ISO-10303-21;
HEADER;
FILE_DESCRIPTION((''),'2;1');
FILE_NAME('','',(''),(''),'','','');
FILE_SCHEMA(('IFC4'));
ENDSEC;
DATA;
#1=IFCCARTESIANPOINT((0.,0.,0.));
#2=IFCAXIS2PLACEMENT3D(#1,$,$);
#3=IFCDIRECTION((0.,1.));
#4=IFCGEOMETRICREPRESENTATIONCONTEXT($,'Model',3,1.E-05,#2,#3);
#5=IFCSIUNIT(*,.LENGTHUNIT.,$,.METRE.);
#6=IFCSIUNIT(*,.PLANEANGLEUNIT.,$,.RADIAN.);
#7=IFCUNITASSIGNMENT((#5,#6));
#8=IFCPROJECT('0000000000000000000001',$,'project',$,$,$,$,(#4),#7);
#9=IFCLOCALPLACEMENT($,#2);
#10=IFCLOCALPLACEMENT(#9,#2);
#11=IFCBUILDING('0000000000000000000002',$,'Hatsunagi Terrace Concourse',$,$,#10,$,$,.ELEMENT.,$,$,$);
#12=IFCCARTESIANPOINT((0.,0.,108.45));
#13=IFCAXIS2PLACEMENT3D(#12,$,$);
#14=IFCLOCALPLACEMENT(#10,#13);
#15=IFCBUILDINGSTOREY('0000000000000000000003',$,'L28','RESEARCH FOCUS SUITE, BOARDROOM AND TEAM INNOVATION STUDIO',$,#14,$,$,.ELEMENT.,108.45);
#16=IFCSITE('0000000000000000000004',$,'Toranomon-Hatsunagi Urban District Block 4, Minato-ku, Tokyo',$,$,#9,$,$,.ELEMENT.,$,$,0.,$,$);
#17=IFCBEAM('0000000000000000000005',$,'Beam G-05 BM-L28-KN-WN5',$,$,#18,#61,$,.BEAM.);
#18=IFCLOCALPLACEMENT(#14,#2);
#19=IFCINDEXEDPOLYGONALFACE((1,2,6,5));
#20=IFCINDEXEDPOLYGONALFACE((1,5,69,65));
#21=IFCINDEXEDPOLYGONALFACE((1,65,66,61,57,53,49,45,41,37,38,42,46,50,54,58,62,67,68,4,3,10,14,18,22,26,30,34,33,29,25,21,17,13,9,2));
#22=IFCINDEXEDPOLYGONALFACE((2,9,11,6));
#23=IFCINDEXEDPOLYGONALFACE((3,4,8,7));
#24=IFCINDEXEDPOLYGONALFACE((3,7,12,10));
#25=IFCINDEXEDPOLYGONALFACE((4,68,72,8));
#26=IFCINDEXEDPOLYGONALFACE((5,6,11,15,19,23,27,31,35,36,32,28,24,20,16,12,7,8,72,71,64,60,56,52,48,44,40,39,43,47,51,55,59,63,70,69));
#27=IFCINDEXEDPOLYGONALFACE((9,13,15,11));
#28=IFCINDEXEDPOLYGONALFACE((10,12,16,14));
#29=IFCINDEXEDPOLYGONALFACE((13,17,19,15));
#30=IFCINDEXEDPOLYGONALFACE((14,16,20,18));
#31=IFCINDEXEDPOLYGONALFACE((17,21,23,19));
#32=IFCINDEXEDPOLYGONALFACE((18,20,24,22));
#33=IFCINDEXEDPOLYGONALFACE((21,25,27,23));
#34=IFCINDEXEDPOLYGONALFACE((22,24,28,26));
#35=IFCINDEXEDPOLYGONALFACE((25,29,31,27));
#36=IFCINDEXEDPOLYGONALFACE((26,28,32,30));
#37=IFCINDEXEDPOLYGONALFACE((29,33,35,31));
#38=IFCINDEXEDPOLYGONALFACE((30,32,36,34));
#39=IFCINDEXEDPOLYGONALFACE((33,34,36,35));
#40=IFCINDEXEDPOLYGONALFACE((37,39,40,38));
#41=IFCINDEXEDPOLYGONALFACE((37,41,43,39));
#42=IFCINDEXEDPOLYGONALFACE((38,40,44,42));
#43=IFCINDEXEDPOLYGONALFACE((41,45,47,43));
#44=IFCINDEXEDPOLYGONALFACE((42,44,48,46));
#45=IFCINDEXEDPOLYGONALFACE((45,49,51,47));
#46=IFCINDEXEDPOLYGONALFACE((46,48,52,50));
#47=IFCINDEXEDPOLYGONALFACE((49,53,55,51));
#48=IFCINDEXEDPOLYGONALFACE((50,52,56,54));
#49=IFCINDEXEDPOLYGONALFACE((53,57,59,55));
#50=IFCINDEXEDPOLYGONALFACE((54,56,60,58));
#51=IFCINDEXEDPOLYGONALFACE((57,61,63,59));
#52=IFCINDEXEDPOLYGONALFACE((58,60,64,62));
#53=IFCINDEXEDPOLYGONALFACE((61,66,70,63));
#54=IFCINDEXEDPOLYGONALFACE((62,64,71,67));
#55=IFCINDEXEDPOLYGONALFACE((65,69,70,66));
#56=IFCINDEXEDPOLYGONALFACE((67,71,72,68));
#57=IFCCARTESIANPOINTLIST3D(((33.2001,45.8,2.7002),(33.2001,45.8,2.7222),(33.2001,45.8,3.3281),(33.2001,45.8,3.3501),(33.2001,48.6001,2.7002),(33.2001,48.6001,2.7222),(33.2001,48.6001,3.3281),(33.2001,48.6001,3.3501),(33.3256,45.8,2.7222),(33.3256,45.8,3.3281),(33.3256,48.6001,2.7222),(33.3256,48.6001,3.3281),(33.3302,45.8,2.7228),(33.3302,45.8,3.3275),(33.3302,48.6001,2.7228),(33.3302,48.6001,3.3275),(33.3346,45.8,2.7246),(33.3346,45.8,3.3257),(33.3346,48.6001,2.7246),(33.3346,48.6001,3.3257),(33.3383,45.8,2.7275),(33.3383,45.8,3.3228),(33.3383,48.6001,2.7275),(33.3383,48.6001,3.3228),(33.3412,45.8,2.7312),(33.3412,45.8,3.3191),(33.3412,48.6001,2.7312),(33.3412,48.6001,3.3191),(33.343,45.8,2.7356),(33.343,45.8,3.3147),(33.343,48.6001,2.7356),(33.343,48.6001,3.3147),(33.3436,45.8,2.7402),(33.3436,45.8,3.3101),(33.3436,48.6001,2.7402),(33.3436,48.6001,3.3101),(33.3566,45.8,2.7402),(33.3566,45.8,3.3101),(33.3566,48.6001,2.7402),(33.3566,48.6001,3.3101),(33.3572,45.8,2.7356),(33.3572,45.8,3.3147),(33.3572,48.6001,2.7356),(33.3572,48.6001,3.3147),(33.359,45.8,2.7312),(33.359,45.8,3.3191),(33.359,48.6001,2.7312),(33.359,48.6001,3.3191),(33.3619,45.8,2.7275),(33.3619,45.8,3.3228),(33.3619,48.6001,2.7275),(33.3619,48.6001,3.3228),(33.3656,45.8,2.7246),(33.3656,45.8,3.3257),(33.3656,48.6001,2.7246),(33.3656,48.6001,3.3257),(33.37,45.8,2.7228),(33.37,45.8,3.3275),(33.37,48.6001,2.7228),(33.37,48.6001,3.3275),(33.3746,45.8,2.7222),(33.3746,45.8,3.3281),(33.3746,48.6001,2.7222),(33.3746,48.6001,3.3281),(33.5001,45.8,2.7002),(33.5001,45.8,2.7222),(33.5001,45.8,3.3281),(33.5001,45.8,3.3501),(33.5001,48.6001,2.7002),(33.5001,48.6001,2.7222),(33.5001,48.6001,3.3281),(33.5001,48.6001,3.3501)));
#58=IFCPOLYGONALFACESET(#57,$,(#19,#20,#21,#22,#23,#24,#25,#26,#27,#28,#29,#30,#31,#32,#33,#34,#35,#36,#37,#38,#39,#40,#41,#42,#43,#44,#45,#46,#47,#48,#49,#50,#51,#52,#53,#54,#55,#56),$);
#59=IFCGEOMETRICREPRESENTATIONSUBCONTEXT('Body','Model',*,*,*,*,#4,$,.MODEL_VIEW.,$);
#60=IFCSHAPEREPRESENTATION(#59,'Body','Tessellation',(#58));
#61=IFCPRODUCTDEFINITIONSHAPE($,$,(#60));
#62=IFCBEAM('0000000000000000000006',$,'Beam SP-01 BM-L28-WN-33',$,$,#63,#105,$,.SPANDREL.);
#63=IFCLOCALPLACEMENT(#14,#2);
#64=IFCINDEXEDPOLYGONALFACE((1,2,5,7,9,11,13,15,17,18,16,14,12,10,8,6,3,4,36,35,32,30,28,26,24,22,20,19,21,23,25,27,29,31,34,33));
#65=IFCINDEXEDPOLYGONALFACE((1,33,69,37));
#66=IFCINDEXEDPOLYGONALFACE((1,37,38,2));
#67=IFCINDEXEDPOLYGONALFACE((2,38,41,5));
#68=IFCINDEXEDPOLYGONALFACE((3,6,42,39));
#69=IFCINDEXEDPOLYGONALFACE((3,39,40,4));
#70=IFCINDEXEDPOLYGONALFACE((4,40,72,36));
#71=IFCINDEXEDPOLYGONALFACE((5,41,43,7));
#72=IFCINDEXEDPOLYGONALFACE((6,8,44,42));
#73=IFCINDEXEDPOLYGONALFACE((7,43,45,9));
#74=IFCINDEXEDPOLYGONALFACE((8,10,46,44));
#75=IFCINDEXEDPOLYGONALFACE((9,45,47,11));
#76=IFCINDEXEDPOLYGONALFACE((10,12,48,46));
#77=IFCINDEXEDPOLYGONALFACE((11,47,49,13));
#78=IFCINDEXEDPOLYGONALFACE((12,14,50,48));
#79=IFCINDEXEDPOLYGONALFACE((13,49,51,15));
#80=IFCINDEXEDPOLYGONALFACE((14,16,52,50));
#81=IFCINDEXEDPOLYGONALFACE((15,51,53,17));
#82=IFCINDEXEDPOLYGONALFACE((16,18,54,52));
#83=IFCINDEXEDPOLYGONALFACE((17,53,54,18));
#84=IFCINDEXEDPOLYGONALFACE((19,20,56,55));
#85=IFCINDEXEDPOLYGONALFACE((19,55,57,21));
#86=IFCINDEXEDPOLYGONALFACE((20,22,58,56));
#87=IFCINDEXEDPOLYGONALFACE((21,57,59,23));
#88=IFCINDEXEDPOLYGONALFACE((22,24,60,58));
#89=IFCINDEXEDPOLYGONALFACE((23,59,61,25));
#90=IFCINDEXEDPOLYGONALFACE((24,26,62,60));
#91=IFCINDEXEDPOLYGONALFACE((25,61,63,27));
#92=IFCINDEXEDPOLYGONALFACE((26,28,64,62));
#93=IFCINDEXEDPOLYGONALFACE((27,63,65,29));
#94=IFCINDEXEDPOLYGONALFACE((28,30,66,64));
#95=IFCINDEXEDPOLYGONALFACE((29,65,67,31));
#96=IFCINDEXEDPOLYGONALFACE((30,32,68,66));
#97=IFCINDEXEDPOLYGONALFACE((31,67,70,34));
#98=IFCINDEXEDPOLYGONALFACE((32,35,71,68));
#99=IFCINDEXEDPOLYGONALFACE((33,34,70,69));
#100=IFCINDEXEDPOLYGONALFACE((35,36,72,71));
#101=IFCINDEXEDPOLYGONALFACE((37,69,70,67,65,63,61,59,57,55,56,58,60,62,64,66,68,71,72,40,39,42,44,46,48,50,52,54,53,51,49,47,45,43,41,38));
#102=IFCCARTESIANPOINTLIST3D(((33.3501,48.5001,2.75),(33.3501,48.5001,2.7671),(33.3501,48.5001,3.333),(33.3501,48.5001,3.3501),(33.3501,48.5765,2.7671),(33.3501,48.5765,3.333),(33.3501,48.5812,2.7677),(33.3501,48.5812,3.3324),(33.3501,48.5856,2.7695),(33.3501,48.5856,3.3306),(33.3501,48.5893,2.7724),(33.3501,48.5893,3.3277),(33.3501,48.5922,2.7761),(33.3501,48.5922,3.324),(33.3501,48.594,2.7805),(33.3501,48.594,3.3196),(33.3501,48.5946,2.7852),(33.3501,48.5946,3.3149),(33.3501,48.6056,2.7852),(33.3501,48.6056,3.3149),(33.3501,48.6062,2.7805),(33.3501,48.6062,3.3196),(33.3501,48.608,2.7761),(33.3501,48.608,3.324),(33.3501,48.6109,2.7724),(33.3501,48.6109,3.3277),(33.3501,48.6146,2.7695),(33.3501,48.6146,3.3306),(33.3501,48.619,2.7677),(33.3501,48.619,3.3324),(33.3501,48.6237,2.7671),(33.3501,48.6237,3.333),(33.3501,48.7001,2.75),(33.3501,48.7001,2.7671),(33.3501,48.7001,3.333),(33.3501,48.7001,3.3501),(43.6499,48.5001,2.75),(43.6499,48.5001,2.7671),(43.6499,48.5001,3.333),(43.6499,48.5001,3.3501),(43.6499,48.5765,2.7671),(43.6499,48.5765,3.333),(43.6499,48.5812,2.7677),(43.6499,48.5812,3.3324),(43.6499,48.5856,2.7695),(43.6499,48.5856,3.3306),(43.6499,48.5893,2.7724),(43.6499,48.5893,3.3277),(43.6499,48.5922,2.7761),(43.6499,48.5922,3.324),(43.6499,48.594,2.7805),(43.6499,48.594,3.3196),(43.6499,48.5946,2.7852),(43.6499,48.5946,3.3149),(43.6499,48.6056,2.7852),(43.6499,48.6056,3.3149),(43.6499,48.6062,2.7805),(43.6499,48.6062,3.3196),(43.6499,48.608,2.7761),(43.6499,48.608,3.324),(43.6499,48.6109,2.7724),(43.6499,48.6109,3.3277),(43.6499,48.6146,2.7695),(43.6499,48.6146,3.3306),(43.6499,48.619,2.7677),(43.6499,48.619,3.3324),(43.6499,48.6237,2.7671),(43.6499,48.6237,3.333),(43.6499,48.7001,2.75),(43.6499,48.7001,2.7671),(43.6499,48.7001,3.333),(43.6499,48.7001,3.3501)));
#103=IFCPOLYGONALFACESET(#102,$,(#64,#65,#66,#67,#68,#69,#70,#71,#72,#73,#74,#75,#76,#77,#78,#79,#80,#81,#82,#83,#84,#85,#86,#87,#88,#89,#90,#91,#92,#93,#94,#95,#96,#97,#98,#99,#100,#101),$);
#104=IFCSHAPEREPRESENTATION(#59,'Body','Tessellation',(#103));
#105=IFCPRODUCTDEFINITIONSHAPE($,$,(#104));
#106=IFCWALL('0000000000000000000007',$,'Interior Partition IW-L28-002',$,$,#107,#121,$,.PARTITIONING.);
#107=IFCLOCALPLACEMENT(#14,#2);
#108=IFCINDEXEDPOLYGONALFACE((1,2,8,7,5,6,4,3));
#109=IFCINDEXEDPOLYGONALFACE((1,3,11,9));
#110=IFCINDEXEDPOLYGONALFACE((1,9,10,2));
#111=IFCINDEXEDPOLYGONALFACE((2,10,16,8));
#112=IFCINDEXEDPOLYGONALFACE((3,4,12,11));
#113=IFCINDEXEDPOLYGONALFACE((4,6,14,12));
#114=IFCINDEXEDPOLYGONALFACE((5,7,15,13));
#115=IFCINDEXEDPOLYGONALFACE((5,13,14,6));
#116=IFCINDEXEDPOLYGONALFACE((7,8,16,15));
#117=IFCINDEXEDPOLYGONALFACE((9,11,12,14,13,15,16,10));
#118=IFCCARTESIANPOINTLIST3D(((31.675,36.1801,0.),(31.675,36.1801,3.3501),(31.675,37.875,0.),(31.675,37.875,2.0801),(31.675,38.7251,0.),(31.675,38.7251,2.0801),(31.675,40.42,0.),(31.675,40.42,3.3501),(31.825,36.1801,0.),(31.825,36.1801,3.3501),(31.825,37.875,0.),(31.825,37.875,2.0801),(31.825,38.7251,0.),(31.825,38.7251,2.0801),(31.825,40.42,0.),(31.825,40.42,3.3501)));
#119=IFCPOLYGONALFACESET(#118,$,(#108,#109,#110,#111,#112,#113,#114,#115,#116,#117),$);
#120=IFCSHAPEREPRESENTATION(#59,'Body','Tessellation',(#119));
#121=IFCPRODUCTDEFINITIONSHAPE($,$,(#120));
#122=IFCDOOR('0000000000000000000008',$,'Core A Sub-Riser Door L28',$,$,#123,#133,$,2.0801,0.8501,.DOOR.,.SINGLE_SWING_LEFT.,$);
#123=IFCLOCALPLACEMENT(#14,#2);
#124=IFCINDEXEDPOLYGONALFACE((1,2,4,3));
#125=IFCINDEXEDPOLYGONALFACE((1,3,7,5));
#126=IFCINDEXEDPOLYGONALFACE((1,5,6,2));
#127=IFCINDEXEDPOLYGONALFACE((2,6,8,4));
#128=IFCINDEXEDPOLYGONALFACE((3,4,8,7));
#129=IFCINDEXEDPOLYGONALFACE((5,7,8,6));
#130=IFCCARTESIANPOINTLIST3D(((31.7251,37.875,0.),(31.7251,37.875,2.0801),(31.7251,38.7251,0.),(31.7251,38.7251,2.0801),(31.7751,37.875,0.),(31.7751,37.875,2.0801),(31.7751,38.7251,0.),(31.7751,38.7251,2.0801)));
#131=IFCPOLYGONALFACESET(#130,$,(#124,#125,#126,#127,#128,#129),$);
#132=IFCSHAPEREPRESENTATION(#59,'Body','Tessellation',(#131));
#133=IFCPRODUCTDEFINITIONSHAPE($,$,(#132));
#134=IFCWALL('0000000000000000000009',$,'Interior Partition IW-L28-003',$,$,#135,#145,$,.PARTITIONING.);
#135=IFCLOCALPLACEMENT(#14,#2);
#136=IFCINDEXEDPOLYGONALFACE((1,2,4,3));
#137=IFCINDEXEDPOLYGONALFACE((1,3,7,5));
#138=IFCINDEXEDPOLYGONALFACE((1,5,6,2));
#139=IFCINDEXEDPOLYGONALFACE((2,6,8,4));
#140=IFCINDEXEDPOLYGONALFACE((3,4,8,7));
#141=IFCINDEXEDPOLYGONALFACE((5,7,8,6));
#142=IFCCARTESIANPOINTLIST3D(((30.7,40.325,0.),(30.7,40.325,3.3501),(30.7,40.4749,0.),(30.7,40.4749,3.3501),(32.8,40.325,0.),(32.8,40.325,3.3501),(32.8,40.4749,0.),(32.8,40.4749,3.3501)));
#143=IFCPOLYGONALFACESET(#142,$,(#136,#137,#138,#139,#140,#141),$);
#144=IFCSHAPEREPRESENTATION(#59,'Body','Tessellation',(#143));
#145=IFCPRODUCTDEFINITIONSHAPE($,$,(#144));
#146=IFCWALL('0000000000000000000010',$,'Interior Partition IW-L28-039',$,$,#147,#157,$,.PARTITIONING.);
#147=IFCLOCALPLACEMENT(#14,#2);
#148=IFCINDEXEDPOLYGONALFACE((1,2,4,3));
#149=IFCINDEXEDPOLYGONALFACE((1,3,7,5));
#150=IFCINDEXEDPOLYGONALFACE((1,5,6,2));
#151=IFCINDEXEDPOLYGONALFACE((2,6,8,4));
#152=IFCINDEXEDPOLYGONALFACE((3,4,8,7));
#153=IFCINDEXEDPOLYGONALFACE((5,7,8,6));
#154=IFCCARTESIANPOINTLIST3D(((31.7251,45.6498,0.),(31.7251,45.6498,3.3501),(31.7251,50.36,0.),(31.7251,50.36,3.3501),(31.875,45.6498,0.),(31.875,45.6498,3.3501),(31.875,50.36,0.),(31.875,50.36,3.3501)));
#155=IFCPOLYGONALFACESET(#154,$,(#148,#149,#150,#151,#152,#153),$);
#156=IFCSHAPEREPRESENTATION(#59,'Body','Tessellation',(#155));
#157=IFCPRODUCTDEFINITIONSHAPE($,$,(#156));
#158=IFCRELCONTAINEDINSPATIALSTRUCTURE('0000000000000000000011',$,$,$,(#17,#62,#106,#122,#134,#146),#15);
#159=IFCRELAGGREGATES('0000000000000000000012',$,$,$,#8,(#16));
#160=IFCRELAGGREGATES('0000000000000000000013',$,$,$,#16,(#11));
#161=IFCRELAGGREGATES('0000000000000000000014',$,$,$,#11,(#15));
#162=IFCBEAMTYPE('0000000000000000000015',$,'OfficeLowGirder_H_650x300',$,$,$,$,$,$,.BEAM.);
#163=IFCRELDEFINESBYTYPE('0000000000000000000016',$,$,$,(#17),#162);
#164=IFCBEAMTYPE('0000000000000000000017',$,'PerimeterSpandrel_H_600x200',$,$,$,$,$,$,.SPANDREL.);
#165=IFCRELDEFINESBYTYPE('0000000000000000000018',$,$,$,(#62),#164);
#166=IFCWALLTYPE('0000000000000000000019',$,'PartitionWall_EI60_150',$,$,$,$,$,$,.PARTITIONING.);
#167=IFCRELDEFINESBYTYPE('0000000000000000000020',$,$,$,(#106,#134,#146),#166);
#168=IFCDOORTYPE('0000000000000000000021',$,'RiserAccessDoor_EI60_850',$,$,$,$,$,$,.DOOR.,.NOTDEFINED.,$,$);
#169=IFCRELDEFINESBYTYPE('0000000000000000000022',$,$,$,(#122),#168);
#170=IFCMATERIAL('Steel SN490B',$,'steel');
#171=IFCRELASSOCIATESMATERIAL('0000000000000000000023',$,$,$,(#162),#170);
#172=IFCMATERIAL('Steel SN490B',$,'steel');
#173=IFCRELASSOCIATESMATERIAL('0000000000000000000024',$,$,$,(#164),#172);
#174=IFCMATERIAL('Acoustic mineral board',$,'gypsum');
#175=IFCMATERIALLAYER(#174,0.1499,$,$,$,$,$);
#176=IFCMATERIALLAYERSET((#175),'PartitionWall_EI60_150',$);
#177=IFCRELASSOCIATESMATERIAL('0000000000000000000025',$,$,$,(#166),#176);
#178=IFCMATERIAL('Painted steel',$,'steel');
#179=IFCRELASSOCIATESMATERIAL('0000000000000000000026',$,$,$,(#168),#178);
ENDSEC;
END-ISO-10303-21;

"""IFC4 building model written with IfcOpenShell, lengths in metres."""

from ifc_helpers import new_model, si_unit, direction, frame, frame_2d, origin, origin_2d, place, context, subcontext, project, spatial, rectangle, i_section, extrude, material, layer, layer_set, material_profile, profile_set, type_object, element, fill, save


model = new_model("IFC4")

# Units and contexts
model_context = context("Model", 3, precision=1e-05, world=origin(), true_north=direction((0.0, 1.0)))
body_context = subcontext(model_context, "Body", "Model", "MODEL_VIEW")
ifc_project = project(units=[si_unit("LENGTHUNIT", "METRE"), si_unit("PLANEANGLEUNIT", "RADIAN")], contexts=[model_context])

# Site, building, storey
site_placement = place(None, origin())
site = spatial("IfcSite", under=ifc_project, at=site_placement, Name="Toranomon-Hatsunagi Urban District Block 4, Minato-ku, Tokyo", CompositionType="ELEMENT", RefElevation=0.0)
building_placement = place(site_placement, origin())
building = spatial("IfcBuilding", under=site, at=building_placement, Name="Hatsunagi Terrace Concourse", CompositionType="ELEMENT")
storey_placement = place(building_placement, frame((0.0, 0.0, 108.45)))
storey = spatial("IfcBuildingStorey", under=building, at=storey_placement, Name="L28", Description="RESEARCH FOCUS SUITE, BOARDROOM AND TEAM INNOVATION STUDIO", CompositionType="ELEMENT", Elevation=108.45)

# Beams
ifc_material_1 = material(Name="Steel SN490B", Category="steel")
ifc_material_profile_1 = material_profile(ifc_material_1, i_section(OverallWidth=0.3, OverallDepth=0.6499, WebThickness=0.0129, FlangeThickness=0.022, FilletRadius=0.0181, at=origin_2d()), Name="H-650x300x13x22")
ifc_profile_set_1 = profile_set([ifc_material_profile_1], Name="Steel SN490B")
beam_type_1 = type_object("IfcBeamType", Name="OfficeLowGirder_H_650x300", PredefinedType="BEAM", material=ifc_profile_set_1)
beam_1_placement = place(storey_placement, frame((33.3501, 45.8, 3.0251), z_axis=(0.0, 1.0, 0.0), x_axis=(-1.0, 0.0, 0.0)))
element("IfcBeam", 1, at=beam_1_placement, inside=storey, type_object=beam_type_1, Name="Beam G-05 BM-L28-KN-WN5", PredefinedType="BEAM", context=body_context, shape_type="SweptSolid", body=[
    extrude(i_section(OverallWidth=0.3, OverallDepth=0.6499, WebThickness=0.0129, FlangeThickness=0.022, FilletRadius=0.0181, at=origin_2d()), origin(), (0.0, 0.0, 1.0), 2.8),
])
ifc_material_2 = material(Name="Steel SN490B", Category="steel")
ifc_material_profile_2 = material_profile(ifc_material_2, i_section(OverallWidth=0.2, OverallDepth=0.6001, WebThickness=0.011, FlangeThickness=0.0171, FilletRadius=0.0181, at=origin_2d()), Name="H-600x200x11x17")
ifc_profile_set_2 = profile_set([ifc_material_profile_2], Name="Steel SN490B")
beam_type_2 = type_object("IfcBeamType", Name="PerimeterSpandrel_H_600x200", PredefinedType="SPANDREL", material=ifc_profile_set_2)
beam_2_placement = place(storey_placement, frame((33.3501, 48.6001, 3.05), z_axis=(1.0, 0.0, 0.0), x_axis=(0.0, 1.0, 0.0)))
element("IfcBeam", 2, at=beam_2_placement, inside=storey, type_object=beam_type_2, Name="Beam SP-01 BM-L28-WN-33", PredefinedType="SPANDREL", context=body_context, shape_type="SweptSolid", body=[
    extrude(i_section(OverallWidth=0.2, OverallDepth=0.6001, WebThickness=0.011, FlangeThickness=0.0171, FilletRadius=0.0181, at=origin_2d()), origin(), (0.0, 0.0, 1.0), 10.2998),
])

# Wall, opening, door
ifc_material_3 = material(Name="Acoustic mineral board", Category="gypsum")
ifc_layer_1 = layer(ifc_material_3, 0.1499)
ifc_layer_set_1 = layer_set([ifc_layer_1], Name="PartitionWall_EI60_150")
wall_type_1 = type_object("IfcWallType", Name="PartitionWall_EI60_150", PredefinedType="PARTITIONING", material=ifc_layer_set_1)
wall_1_placement = place(storey_placement, frame((31.75, 36.1799, 0.0), z_axis=(0.0, 0.0, 1.0), x_axis=(0.0, 1.0, 0.0)))
wall_1 = element("IfcWall", 3, at=wall_1_placement, inside=storey, type_object=wall_type_1, Name="Interior Partition IW-L28-002", PredefinedType="PARTITIONING", context=body_context, shape_type="SweptSolid", body=[
    extrude(rectangle(XDim=4.24, YDim=0.1499, at=frame_2d((2.1201, 0.0))), origin(), (0.0, 0.0, 1.0), 3.3501),
])
opening_1_placement = place(wall_1_placement, frame((1.6951, 0.0, 0.0)))
opening_1 = element("IfcOpeningElement", 4, at=opening_1_placement, cuts=wall_1, PredefinedType="OPENING", context=body_context, shape_type="SweptSolid", body=[
    extrude(rectangle(XDim=0.8501, YDim=2.0801, at=frame_2d((0.425, 1.04))), frame((0.0, 0.085, 0.0), z_axis=(0.0, -1.0, 0.0), x_axis=(1.0, 0.0, 0.0)), (0.0, 0.0, 1.0), 0.1699),
])
ifc_material_4 = material(Name="Painted steel", Category="steel")
door_type_1 = type_object("IfcDoorType", Name="RiserAccessDoor_EI60_850", OperationType="NOTDEFINED", PredefinedType="DOOR", material=ifc_material_4)
door_1_placement = place(opening_1_placement, origin())
door_1 = element("IfcDoor", 5, at=door_1_placement, inside=storey, type_object=door_type_1, Name="Core A Sub-Riser Door L28", OperationType="SINGLE_SWING_LEFT", OverallHeight=2.0801, OverallWidth=0.8501, PredefinedType="DOOR", context=body_context, shape_type="SweptSolid", body=[
    extrude(rectangle(XDim=0.8501, YDim=2.0801, at=frame_2d((0.425, 1.04))), frame((0.0, 0.0249, 0.0), z_axis=(0.0, -1.0, 0.0), x_axis=(1.0, 0.0, 0.0)), (0.0, 0.0, 1.0), 0.05),
])
fill(opening_1, door_1)

# Walls
wall_2_placement = place(storey_placement, frame((30.7, 40.3999, 0.0), z_axis=(0.0, 0.0, 1.0), x_axis=(1.0, 0.0, 0.0)))
element("IfcWall", 6, at=wall_2_placement, inside=storey, type_object=wall_type_1, Name="Interior Partition IW-L28-003", PredefinedType="PARTITIONING", context=body_context, shape_type="SweptSolid", body=[
    extrude(rectangle(XDim=2.1001, YDim=0.1499, at=frame_2d((1.05, 0.0))), origin(), (0.0, 0.0, 1.0), 3.3501),
])
wall_3_placement = place(storey_placement, frame((31.8, 45.6499, 0.0), z_axis=(0.0, 0.0, 1.0), x_axis=(0.0, 1.0, 0.0)))
element("IfcWall", 7, at=wall_3_placement, inside=storey, type_object=wall_type_1, Name="Interior Partition IW-L28-039", PredefinedType="PARTITIONING", context=body_context, shape_type="SweptSolid", body=[
    extrude(rectangle(XDim=4.7102, YDim=0.1499, at=frame_2d((2.355, 0.0))), origin(), (0.0, 0.0, 1.0), 3.3501),
])

save(model, "model.ifc")
